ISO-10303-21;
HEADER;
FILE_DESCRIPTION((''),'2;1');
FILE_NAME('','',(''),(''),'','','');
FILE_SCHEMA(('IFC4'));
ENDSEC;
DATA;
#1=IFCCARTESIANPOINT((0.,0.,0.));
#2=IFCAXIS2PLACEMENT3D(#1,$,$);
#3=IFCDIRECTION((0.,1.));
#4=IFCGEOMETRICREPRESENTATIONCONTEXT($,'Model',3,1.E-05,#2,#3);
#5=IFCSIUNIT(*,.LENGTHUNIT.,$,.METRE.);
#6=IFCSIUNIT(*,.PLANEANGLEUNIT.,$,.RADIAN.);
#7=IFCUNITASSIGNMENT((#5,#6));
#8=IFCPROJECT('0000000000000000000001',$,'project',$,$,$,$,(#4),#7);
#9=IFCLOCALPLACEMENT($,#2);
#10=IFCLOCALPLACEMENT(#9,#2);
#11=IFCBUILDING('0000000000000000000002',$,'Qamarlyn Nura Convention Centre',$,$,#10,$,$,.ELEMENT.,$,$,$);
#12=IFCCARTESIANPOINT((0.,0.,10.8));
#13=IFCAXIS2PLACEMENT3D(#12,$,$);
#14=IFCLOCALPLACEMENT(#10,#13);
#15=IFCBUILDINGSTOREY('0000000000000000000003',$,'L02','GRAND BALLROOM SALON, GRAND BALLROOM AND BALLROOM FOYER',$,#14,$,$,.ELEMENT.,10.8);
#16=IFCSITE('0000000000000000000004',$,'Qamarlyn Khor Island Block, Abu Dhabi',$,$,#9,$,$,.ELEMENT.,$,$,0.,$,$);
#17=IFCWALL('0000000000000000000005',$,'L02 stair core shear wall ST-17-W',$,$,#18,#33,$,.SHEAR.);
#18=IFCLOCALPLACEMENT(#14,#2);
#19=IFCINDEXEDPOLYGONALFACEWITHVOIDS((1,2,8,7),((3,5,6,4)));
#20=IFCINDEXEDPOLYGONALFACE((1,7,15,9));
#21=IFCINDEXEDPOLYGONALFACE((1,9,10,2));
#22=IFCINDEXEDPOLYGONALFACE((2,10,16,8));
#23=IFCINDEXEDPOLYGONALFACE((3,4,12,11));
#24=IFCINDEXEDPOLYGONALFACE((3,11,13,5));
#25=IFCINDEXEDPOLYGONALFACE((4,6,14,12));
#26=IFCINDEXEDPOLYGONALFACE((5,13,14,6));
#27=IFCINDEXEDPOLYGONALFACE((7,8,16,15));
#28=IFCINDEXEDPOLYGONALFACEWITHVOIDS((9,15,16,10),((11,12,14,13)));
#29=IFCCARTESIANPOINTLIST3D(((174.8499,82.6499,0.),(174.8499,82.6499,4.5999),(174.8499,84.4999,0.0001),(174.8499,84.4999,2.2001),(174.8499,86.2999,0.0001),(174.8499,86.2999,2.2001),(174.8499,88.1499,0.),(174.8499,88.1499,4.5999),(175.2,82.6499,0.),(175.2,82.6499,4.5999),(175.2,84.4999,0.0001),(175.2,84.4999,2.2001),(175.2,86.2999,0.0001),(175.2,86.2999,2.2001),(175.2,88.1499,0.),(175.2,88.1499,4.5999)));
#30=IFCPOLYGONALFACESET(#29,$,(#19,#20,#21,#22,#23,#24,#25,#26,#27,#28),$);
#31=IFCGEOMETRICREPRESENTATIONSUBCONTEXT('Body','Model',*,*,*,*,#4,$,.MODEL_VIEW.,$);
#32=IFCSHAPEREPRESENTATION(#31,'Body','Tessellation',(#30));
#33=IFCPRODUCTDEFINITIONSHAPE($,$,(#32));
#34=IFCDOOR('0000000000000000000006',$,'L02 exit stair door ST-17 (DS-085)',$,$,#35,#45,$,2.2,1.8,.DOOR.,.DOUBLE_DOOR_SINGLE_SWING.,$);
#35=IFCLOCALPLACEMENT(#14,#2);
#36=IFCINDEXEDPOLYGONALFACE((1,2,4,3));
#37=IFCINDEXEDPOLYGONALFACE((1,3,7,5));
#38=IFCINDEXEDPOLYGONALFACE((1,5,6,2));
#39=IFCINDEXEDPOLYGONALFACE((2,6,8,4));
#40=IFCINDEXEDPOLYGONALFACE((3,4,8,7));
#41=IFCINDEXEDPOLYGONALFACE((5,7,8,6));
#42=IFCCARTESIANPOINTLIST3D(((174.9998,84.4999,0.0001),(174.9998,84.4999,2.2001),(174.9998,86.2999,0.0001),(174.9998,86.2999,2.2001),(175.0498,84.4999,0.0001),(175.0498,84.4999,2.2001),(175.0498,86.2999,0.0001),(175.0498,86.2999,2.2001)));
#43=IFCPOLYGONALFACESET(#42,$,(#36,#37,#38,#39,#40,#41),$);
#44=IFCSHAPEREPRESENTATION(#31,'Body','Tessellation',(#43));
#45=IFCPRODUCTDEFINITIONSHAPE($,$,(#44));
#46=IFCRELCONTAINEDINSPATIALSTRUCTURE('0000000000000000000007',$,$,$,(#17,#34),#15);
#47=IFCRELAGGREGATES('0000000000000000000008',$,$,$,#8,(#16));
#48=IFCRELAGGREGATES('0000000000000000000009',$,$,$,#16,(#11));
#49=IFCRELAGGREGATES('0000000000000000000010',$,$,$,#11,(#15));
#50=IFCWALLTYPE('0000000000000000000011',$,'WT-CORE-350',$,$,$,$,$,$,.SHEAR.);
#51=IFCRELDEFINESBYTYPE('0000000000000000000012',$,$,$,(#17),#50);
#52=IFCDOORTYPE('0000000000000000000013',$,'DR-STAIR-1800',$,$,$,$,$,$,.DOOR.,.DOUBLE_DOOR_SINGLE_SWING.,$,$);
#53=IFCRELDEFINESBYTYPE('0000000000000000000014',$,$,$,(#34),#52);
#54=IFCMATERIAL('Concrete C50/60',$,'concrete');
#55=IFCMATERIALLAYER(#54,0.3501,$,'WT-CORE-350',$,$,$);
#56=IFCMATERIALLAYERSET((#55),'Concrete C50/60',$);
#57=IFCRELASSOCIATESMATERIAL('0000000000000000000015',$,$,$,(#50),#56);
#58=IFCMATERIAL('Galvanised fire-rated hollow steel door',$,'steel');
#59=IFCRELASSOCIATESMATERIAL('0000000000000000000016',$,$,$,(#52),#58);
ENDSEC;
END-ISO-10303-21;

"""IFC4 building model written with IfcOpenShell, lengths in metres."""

from ifc_helpers import new_model, si_unit, direction, frame, frame_2d, origin, place, context, subcontext, project, spatial, rectangle, extrude, material, layer, layer_set, type_object, element, fill, save


model = new_model("IFC4")

# Units and contexts
model_context = context("Model", 3, precision=1e-05, world=origin(), true_north=direction((0.0, 1.0)))
body_context = subcontext(model_context, "Body", "Model", "MODEL_VIEW")
ifc_project = project(units=[si_unit("LENGTHUNIT", "METRE"), si_unit("PLANEANGLEUNIT", "RADIAN")], contexts=[model_context])

# Site, building, storey
site_placement = place(None, origin())
site = spatial("IfcSite", under=ifc_project, at=site_placement, Name="Qamarlyn Khor Island Block, Abu Dhabi", CompositionType="ELEMENT", RefElevation=0.0)
building_placement = place(site_placement, origin())
building = spatial("IfcBuilding", under=site, at=building_placement, Name="Qamarlyn Nura Convention Centre", CompositionType="ELEMENT")
storey_placement = place(building_placement, frame((0.0, 0.0, 10.8)))
storey = spatial("IfcBuildingStorey", under=building, at=storey_placement, Name="L02", Description="GRAND BALLROOM SALON, GRAND BALLROOM AND BALLROOM FOYER", CompositionType="ELEMENT", Elevation=10.8)

# Shared definitions
ifc_material_1 = material(Name="Concrete C50/60", Category="concrete")
ifc_layer = layer(ifc_material_1, 0.3501, Name="WT-CORE-350")
ifc_layer_set = layer_set([ifc_layer], Name="Concrete C50/60")
wall_type = type_object("IfcWallType", Name="WT-CORE-350", PredefinedType="SHEAR", material=ifc_layer_set)

# Wall, opening, door
ifc_material_2 = material(Name="Galvanised fire-rated hollow steel door", Category="steel")
door_type = type_object("IfcDoorType", Name="DR-STAIR-1800", OperationType="DOUBLE_DOOR_SINGLE_SWING", PredefinedType="DOOR", material=ifc_material_2)
wall_1_placement = place(storey_placement, frame((175.0249, 88.1499, 0.0), z_axis=(0.0, 0.0, 1.0), x_axis=(0.0, -1.0, 0.0)))
wall_1 = element("IfcWall", 1, at=wall_1_placement, inside=storey, type_object=wall_type, Name="L02 stair core shear wall ST-17-W", PredefinedType="SHEAR", context=body_context, shape_type="SweptSolid", body=[
    extrude(rectangle(XDim=5.5, YDim=0.3501, at=frame_2d((2.75, 0.0))), origin(), (0.0, 0.0, 1.0), 4.5999),
])
opening_1_placement = place(wall_1_placement, frame((1.8501, 0.0, 0.0)))
opening_1 = element("IfcOpeningElement", 2, at=opening_1_placement, cuts=wall_1, PredefinedType="OPENING", context=body_context, shape_type="SweptSolid", body=[
    extrude(rectangle(XDim=1.8, YDim=2.2, at=frame_2d((0.8999, 1.1001))), frame((0.0, 0.1851, 0.0), z_axis=(0.0, -1.0, 0.0), x_axis=(1.0, 0.0, 0.0)), (0.0, 0.0, 1.0), 0.3701),
])
door_1_placement = place(opening_1_placement, origin())
door_1 = element("IfcDoor", 3, at=door_1_placement, inside=storey, type_object=door_type, Name="L02 exit stair door ST-17 (DS-085)", OperationType="DOUBLE_DOOR_SINGLE_SWING", OverallHeight=2.2, OverallWidth=1.8, PredefinedType="DOOR", context=body_context, shape_type="SweptSolid", body=[
    extrude(rectangle(XDim=1.8, YDim=2.2, at=frame_2d((0.8999, 1.1001))), frame((0.0, 0.0249, 0.0), z_axis=(0.0, -1.0, 0.0), x_axis=(1.0, 0.0, 0.0)), (0.0, 0.0, 1.0), 0.05),
])
fill(opening_1, door_1)

save(model, "model.ifc")
